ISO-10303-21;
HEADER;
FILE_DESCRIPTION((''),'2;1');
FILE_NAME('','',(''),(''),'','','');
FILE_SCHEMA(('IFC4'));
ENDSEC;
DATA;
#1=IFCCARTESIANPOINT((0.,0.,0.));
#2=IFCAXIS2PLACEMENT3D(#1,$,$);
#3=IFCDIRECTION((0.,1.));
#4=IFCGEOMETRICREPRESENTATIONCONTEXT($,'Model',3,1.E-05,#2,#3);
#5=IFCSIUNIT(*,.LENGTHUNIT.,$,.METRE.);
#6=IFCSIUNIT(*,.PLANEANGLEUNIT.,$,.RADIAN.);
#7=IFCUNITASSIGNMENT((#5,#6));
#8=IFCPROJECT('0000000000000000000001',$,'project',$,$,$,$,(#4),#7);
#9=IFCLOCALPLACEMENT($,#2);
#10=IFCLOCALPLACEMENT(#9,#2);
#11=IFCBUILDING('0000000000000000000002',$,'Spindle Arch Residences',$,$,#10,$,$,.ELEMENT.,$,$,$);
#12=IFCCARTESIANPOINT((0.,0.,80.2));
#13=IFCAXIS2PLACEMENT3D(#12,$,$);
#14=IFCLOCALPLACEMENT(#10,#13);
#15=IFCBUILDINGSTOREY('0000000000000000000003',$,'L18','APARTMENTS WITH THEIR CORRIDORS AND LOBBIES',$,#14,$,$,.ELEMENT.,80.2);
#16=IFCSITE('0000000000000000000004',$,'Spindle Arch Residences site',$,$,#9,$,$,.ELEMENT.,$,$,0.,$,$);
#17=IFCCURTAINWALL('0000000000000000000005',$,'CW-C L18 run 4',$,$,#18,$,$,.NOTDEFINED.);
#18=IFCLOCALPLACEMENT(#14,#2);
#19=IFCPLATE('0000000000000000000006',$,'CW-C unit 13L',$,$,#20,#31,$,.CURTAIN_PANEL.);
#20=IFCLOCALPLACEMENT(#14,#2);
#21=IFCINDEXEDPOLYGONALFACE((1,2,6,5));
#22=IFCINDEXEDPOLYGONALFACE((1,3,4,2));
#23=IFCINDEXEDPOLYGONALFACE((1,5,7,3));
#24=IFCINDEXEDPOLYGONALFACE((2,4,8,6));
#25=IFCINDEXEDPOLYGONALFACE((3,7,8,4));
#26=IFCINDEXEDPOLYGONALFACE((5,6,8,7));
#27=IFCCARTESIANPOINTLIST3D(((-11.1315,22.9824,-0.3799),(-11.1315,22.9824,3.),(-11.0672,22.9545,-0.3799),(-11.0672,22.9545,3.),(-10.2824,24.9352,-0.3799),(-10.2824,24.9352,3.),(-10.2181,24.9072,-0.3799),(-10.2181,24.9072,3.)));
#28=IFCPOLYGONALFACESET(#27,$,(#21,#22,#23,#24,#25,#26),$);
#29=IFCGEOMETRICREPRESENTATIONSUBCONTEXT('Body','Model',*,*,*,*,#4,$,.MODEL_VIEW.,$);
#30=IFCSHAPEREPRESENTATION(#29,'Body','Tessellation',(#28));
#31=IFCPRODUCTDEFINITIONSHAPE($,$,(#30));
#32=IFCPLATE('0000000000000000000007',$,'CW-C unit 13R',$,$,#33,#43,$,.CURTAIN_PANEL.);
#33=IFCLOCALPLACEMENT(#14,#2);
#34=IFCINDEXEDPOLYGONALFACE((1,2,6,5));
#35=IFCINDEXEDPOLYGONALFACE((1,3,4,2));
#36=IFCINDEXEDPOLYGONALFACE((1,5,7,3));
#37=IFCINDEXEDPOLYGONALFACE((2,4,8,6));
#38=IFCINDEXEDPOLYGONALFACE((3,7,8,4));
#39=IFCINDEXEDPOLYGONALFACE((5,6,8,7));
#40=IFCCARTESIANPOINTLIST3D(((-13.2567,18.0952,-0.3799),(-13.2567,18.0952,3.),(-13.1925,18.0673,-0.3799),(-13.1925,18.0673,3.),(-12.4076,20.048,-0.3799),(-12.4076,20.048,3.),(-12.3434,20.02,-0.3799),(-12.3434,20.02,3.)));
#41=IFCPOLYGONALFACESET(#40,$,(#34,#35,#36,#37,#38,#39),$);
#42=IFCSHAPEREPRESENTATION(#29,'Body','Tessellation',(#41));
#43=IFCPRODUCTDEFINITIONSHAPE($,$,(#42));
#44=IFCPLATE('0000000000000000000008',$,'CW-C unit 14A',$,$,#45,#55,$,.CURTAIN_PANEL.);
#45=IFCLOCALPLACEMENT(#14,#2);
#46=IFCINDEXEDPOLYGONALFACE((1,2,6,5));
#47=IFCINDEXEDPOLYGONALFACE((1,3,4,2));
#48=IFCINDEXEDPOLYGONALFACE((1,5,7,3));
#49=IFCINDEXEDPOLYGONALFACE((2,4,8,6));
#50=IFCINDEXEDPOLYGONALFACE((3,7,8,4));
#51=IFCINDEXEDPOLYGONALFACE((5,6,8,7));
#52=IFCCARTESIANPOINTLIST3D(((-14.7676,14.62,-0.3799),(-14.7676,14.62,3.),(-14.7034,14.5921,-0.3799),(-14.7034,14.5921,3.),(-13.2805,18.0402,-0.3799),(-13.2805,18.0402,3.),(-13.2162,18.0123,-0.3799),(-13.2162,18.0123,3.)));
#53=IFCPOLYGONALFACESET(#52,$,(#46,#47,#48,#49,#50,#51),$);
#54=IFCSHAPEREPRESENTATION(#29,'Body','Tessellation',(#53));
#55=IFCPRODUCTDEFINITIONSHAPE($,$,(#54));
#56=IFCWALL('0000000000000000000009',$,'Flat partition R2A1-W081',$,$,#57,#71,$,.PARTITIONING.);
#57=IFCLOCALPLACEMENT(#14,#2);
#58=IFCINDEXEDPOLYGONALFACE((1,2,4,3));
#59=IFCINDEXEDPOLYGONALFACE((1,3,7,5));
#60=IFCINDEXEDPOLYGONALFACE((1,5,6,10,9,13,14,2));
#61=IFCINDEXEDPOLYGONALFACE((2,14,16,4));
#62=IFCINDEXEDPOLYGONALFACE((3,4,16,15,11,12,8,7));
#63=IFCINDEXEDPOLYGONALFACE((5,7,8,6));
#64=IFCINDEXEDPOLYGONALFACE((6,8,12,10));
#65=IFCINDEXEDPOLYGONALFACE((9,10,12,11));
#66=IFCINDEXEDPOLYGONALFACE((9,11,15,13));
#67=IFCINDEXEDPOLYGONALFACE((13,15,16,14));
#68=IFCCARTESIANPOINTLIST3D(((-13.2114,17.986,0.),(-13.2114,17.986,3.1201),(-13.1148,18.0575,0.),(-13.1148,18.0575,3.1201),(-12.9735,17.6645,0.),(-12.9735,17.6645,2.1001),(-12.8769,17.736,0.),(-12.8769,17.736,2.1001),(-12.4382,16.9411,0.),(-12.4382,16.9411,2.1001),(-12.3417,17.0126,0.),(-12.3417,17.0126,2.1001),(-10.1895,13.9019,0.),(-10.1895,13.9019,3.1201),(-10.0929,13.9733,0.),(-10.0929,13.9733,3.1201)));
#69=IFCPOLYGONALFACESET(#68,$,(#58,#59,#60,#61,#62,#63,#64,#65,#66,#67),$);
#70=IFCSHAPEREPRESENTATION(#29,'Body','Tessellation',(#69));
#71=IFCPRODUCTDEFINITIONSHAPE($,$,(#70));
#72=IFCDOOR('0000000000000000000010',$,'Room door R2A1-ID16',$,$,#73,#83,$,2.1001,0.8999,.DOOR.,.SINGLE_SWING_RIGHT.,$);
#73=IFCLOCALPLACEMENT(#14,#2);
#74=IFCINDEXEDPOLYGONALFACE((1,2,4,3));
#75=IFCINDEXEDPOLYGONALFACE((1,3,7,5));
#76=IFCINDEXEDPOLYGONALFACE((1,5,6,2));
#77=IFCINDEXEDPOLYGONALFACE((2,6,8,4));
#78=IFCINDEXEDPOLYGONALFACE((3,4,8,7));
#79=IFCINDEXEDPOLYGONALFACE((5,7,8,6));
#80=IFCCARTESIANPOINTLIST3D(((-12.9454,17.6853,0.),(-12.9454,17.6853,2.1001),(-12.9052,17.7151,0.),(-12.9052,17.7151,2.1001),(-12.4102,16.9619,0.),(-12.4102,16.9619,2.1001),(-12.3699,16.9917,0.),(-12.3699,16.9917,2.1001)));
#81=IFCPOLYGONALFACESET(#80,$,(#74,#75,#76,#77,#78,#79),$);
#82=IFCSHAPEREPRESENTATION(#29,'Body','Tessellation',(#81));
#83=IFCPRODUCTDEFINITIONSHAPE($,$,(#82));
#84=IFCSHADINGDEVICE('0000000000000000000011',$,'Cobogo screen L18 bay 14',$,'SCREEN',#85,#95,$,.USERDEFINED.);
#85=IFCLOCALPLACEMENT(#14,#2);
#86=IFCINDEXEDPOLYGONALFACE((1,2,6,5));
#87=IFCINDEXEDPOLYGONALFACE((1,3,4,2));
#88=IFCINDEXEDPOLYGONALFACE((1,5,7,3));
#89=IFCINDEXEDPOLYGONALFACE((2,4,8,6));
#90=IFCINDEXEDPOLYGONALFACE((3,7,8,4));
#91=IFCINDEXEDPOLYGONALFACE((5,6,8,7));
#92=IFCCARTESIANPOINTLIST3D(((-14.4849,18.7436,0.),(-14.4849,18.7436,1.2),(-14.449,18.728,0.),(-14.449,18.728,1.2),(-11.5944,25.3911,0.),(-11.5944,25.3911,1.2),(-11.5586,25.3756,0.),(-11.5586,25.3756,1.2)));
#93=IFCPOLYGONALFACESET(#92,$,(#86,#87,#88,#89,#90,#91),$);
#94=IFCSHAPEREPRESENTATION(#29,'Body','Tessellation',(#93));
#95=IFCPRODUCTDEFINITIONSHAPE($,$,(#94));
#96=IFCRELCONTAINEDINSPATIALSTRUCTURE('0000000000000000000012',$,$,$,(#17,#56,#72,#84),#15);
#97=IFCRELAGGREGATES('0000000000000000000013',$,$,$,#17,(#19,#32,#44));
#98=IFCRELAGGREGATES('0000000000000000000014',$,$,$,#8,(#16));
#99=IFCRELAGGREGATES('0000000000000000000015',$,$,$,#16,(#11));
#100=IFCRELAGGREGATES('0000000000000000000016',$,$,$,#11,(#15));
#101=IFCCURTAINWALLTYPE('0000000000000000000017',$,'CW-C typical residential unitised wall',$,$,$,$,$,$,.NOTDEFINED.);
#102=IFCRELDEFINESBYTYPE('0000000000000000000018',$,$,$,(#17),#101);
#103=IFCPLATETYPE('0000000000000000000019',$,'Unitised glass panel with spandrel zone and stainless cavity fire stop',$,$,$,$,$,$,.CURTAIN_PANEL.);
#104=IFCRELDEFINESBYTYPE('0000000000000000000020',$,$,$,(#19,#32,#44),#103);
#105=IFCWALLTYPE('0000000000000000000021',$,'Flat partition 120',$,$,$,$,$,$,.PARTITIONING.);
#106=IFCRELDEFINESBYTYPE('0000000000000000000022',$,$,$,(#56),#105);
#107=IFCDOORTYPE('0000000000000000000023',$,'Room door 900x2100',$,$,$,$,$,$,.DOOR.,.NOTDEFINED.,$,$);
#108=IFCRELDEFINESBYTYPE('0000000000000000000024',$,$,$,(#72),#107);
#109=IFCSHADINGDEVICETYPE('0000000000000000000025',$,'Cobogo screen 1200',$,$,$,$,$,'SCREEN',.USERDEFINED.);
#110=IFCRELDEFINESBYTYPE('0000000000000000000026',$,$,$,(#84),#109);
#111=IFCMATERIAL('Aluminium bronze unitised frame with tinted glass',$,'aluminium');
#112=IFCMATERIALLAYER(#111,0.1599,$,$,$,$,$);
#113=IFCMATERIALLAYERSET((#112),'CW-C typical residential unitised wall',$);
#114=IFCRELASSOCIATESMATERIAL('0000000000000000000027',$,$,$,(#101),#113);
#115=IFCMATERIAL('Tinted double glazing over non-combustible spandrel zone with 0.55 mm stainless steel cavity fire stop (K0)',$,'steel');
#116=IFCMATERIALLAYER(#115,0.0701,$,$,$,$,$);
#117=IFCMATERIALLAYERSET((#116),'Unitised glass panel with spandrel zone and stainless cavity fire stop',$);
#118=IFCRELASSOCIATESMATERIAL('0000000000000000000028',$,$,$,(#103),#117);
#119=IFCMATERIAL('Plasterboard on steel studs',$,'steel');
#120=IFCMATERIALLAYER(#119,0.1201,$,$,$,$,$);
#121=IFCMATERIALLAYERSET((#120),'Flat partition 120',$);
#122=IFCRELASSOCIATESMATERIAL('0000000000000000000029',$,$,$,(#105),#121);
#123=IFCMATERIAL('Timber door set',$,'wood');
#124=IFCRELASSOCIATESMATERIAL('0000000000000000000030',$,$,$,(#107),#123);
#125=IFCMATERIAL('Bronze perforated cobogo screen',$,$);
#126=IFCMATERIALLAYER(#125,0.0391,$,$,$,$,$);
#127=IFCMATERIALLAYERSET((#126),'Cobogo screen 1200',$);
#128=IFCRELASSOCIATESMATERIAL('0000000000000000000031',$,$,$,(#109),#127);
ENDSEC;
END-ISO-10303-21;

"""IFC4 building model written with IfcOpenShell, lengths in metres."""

from ifc_helpers import new_model, si_unit, direction, frame, frame_2d, origin, origin_2d, place, context, subcontext, project, spatial, rectangle, extrude, material, layer, layer_set, type_object, element, fill, aggregate, save


model = new_model("IFC4")

# Units and contexts
model_context = context("Model", 3, precision=1e-05, world=origin(), true_north=direction((0.0, 1.0)))
body_context = subcontext(model_context, "Body", "Model", "MODEL_VIEW")
ifc_project = project(units=[si_unit("LENGTHUNIT", "METRE"), si_unit("PLANEANGLEUNIT", "RADIAN")], contexts=[model_context])

# Site, building, storey
site_placement = place(None, origin())
site = spatial("IfcSite", under=ifc_project, at=site_placement, Name="Spindle Arch Residences site", CompositionType="ELEMENT", RefElevation=0.0)
building_placement = place(site_placement, origin())
building = spatial("IfcBuilding", under=site, at=building_placement, Name="Spindle Arch Residences", CompositionType="ELEMENT")
storey_placement = place(building_placement, frame((0.0, 0.0, 80.2)))
storey = spatial("IfcBuildingStorey", under=building, at=storey_placement, Name="L18", Description="APARTMENTS WITH THEIR CORRIDORS AND LOBBIES", CompositionType="ELEMENT", Elevation=80.2)

# Curtain wall
ifc_material_1 = material(Name="Aluminium bronze unitised frame with tinted glass", Category="aluminium")
ifc_layer_1 = layer(ifc_material_1, 0.1599)
ifc_layer_set_1 = layer_set([ifc_layer_1], Name="CW-C typical residential unitised wall")
curtain_wall_type = type_object("IfcCurtainWallType", Name="CW-C typical residential unitised wall", PredefinedType="NOTDEFINED", material=ifc_layer_set_1)
curtain_wall_placement = place(storey_placement, origin())
curtain_wall = element("IfcCurtainWall", 1, at=curtain_wall_placement, inside=storey, type_object=curtain_wall_type, Name="CW-C L18 run 4", PredefinedType="NOTDEFINED")

# Plates
ifc_material_2 = material(Name="Tinted double glazing over non-combustible spandrel zone with 0.55 mm stainless steel cavity fire stop (K0)", Category="steel")
ifc_layer_2 = layer(ifc_material_2, 0.0701)
ifc_layer_set_2 = layer_set([ifc_layer_2], Name="Unitised glass panel with spandrel zone and stainless cavity fire stop")
plate_type = type_object("IfcPlateType", Name="Unitised glass panel with spandrel zone and stainless cavity fire stop", PredefinedType="CURTAIN_PANEL", material=ifc_layer_set_2)
plate_1_placement = place(storey_placement, frame((-10.6748, 23.9448, -0.3799), z_axis=(0.0, 0.0, 1.0), x_axis=(-0.398749, -0.91706, 0.0)))
plate_1 = element("IfcPlate", 2, at=plate_1_placement, type_object=plate_type, Name="CW-C unit 13L", PredefinedType="CURTAIN_PANEL", context=body_context, shape_type="SweptSolid", body=[
    extrude(rectangle(XDim=2.1294, YDim=0.0701, at=origin_2d()), origin(), (0.0, 0.0, 1.0), 3.3799),
])
plate_2_placement = place(storey_placement, frame((-12.8, 19.0576, -0.3799), z_axis=(0.0, 0.0, 1.0), x_axis=(-0.398749, -0.91706, 0.0)))
plate_2 = element("IfcPlate", 3, at=plate_2_placement, type_object=plate_type, Name="CW-C unit 13R", PredefinedType="CURTAIN_PANEL", context=body_context, shape_type="SweptSolid", body=[
    extrude(rectangle(XDim=2.1294, YDim=0.0701, at=origin_2d()), origin(), (0.0, 0.0, 1.0), 3.3799),
])
plate_3_placement = place(storey_placement, frame((-13.9919, 16.3162, -0.3799), z_axis=(0.0, 0.0, 1.0), x_axis=(-0.398749, -0.91706, 0.0)))
plate_3 = element("IfcPlate", 4, at=plate_3_placement, type_object=plate_type, Name="CW-C unit 14A", PredefinedType="CURTAIN_PANEL", context=body_context, shape_type="SweptSolid", body=[
    extrude(rectangle(XDim=3.7295, YDim=0.0701, at=origin_2d()), origin(), (0.0, 0.0, 1.0), 3.3799),
])
aggregate(curtain_wall, [plate_1, plate_2, plate_3])

# Wall, opening, door
ifc_material_3 = material(Name="Plasterboard on steel studs", Category="steel")
ifc_layer_3 = layer(ifc_material_3, 0.1201)
ifc_layer_set_3 = layer_set([ifc_layer_3], Name="Flat partition 120")
wall_type_1 = type_object("IfcWallType", Name="Flat partition 120", PredefinedType="PARTITIONING", material=ifc_layer_set_3)
wall_1_placement = place(storey_placement, frame((-13.1631, 18.0217, 0.0), z_axis=(0.0, 0.0, 1.0), x_axis=(0.594798, -0.803875, 0.0)))
wall_1 = element("IfcWall", 5, at=wall_1_placement, inside=storey, type_object=wall_type_1, Name="Flat partition R2A1-W081", PredefinedType="PARTITIONING", context=body_context, shape_type="SweptSolid", body=[
    extrude(rectangle(XDim=5.0806, YDim=0.1201, at=frame_2d((2.5403, 0.0))), origin(), (0.0, 0.0, 1.0), 3.1201),
])
opening_1_placement = place(wall_1_placement, frame((0.3999, 0.0, 0.0)))
opening_1 = element("IfcOpeningElement", 6, at=opening_1_placement, cuts=wall_1, PredefinedType="OPENING", context=body_context, shape_type="SweptSolid", body=[
    extrude(rectangle(XDim=0.8999, YDim=2.1001, at=frame_2d((0.45, 1.05))), frame((0.0, 0.0701, 0.0), z_axis=(0.0, -1.0, 0.0), x_axis=(1.0, 0.0, 0.0)), (0.0, 0.0, 1.0), 0.1401),
])
ifc_material_4 = material(Name="Timber door set", Category="wood")
door_type_1 = type_object("IfcDoorType", Name="Room door 900x2100", OperationType="NOTDEFINED", PredefinedType="DOOR", material=ifc_material_4)
door_1_placement = place(opening_1_placement, origin())
door_1 = element("IfcDoor", 7, at=door_1_placement, inside=storey, type_object=door_type_1, Name="Room door R2A1-ID16", OperationType="SINGLE_SWING_RIGHT", OverallHeight=2.1001, OverallWidth=0.8999, PredefinedType="DOOR", context=body_context, shape_type="SweptSolid", body=[
    extrude(rectangle(XDim=0.8999, YDim=2.1001, at=frame_2d((0.45, 1.05))), frame((0.0, 0.0249, 0.0), z_axis=(0.0, -1.0, 0.0), x_axis=(1.0, 0.0, 0.0)), (0.0, 0.0, 1.0), 0.05),
])
fill(opening_1, door_1)

# Shading device
ifc_material_5 = material(Name="Bronze perforated cobogo screen")
ifc_layer_4 = layer(ifc_material_5, 0.0391)
ifc_layer_set_4 = layer_set([ifc_layer_4], Name="Cobogo screen 1200")
shading_device_type = type_object("IfcShadingDeviceType", Name="Cobogo screen 1200", ElementType="SCREEN", PredefinedType="USERDEFINED", material=ifc_layer_set_4)
shading_device_placement = place(storey_placement, frame((-13.0217, 22.0596, 0.0), z_axis=(0.0, 0.0, 1.0), x_axis=(-0.398749, -0.91706, 0.0)))
element("IfcShadingDevice", 8, at=shading_device_placement, inside=storey, type_object=shading_device_type, Name="Cobogo screen L18 bay 14", ObjectType="SCREEN", PredefinedType="USERDEFINED", context=body_context, shape_type="SweptSolid", body=[
    extrude(rectangle(XDim=7.2488, YDim=0.0391, at=origin_2d()), origin(), (0.0, 0.0, 1.0), 1.2),
])

save(model, "model.ifc")
